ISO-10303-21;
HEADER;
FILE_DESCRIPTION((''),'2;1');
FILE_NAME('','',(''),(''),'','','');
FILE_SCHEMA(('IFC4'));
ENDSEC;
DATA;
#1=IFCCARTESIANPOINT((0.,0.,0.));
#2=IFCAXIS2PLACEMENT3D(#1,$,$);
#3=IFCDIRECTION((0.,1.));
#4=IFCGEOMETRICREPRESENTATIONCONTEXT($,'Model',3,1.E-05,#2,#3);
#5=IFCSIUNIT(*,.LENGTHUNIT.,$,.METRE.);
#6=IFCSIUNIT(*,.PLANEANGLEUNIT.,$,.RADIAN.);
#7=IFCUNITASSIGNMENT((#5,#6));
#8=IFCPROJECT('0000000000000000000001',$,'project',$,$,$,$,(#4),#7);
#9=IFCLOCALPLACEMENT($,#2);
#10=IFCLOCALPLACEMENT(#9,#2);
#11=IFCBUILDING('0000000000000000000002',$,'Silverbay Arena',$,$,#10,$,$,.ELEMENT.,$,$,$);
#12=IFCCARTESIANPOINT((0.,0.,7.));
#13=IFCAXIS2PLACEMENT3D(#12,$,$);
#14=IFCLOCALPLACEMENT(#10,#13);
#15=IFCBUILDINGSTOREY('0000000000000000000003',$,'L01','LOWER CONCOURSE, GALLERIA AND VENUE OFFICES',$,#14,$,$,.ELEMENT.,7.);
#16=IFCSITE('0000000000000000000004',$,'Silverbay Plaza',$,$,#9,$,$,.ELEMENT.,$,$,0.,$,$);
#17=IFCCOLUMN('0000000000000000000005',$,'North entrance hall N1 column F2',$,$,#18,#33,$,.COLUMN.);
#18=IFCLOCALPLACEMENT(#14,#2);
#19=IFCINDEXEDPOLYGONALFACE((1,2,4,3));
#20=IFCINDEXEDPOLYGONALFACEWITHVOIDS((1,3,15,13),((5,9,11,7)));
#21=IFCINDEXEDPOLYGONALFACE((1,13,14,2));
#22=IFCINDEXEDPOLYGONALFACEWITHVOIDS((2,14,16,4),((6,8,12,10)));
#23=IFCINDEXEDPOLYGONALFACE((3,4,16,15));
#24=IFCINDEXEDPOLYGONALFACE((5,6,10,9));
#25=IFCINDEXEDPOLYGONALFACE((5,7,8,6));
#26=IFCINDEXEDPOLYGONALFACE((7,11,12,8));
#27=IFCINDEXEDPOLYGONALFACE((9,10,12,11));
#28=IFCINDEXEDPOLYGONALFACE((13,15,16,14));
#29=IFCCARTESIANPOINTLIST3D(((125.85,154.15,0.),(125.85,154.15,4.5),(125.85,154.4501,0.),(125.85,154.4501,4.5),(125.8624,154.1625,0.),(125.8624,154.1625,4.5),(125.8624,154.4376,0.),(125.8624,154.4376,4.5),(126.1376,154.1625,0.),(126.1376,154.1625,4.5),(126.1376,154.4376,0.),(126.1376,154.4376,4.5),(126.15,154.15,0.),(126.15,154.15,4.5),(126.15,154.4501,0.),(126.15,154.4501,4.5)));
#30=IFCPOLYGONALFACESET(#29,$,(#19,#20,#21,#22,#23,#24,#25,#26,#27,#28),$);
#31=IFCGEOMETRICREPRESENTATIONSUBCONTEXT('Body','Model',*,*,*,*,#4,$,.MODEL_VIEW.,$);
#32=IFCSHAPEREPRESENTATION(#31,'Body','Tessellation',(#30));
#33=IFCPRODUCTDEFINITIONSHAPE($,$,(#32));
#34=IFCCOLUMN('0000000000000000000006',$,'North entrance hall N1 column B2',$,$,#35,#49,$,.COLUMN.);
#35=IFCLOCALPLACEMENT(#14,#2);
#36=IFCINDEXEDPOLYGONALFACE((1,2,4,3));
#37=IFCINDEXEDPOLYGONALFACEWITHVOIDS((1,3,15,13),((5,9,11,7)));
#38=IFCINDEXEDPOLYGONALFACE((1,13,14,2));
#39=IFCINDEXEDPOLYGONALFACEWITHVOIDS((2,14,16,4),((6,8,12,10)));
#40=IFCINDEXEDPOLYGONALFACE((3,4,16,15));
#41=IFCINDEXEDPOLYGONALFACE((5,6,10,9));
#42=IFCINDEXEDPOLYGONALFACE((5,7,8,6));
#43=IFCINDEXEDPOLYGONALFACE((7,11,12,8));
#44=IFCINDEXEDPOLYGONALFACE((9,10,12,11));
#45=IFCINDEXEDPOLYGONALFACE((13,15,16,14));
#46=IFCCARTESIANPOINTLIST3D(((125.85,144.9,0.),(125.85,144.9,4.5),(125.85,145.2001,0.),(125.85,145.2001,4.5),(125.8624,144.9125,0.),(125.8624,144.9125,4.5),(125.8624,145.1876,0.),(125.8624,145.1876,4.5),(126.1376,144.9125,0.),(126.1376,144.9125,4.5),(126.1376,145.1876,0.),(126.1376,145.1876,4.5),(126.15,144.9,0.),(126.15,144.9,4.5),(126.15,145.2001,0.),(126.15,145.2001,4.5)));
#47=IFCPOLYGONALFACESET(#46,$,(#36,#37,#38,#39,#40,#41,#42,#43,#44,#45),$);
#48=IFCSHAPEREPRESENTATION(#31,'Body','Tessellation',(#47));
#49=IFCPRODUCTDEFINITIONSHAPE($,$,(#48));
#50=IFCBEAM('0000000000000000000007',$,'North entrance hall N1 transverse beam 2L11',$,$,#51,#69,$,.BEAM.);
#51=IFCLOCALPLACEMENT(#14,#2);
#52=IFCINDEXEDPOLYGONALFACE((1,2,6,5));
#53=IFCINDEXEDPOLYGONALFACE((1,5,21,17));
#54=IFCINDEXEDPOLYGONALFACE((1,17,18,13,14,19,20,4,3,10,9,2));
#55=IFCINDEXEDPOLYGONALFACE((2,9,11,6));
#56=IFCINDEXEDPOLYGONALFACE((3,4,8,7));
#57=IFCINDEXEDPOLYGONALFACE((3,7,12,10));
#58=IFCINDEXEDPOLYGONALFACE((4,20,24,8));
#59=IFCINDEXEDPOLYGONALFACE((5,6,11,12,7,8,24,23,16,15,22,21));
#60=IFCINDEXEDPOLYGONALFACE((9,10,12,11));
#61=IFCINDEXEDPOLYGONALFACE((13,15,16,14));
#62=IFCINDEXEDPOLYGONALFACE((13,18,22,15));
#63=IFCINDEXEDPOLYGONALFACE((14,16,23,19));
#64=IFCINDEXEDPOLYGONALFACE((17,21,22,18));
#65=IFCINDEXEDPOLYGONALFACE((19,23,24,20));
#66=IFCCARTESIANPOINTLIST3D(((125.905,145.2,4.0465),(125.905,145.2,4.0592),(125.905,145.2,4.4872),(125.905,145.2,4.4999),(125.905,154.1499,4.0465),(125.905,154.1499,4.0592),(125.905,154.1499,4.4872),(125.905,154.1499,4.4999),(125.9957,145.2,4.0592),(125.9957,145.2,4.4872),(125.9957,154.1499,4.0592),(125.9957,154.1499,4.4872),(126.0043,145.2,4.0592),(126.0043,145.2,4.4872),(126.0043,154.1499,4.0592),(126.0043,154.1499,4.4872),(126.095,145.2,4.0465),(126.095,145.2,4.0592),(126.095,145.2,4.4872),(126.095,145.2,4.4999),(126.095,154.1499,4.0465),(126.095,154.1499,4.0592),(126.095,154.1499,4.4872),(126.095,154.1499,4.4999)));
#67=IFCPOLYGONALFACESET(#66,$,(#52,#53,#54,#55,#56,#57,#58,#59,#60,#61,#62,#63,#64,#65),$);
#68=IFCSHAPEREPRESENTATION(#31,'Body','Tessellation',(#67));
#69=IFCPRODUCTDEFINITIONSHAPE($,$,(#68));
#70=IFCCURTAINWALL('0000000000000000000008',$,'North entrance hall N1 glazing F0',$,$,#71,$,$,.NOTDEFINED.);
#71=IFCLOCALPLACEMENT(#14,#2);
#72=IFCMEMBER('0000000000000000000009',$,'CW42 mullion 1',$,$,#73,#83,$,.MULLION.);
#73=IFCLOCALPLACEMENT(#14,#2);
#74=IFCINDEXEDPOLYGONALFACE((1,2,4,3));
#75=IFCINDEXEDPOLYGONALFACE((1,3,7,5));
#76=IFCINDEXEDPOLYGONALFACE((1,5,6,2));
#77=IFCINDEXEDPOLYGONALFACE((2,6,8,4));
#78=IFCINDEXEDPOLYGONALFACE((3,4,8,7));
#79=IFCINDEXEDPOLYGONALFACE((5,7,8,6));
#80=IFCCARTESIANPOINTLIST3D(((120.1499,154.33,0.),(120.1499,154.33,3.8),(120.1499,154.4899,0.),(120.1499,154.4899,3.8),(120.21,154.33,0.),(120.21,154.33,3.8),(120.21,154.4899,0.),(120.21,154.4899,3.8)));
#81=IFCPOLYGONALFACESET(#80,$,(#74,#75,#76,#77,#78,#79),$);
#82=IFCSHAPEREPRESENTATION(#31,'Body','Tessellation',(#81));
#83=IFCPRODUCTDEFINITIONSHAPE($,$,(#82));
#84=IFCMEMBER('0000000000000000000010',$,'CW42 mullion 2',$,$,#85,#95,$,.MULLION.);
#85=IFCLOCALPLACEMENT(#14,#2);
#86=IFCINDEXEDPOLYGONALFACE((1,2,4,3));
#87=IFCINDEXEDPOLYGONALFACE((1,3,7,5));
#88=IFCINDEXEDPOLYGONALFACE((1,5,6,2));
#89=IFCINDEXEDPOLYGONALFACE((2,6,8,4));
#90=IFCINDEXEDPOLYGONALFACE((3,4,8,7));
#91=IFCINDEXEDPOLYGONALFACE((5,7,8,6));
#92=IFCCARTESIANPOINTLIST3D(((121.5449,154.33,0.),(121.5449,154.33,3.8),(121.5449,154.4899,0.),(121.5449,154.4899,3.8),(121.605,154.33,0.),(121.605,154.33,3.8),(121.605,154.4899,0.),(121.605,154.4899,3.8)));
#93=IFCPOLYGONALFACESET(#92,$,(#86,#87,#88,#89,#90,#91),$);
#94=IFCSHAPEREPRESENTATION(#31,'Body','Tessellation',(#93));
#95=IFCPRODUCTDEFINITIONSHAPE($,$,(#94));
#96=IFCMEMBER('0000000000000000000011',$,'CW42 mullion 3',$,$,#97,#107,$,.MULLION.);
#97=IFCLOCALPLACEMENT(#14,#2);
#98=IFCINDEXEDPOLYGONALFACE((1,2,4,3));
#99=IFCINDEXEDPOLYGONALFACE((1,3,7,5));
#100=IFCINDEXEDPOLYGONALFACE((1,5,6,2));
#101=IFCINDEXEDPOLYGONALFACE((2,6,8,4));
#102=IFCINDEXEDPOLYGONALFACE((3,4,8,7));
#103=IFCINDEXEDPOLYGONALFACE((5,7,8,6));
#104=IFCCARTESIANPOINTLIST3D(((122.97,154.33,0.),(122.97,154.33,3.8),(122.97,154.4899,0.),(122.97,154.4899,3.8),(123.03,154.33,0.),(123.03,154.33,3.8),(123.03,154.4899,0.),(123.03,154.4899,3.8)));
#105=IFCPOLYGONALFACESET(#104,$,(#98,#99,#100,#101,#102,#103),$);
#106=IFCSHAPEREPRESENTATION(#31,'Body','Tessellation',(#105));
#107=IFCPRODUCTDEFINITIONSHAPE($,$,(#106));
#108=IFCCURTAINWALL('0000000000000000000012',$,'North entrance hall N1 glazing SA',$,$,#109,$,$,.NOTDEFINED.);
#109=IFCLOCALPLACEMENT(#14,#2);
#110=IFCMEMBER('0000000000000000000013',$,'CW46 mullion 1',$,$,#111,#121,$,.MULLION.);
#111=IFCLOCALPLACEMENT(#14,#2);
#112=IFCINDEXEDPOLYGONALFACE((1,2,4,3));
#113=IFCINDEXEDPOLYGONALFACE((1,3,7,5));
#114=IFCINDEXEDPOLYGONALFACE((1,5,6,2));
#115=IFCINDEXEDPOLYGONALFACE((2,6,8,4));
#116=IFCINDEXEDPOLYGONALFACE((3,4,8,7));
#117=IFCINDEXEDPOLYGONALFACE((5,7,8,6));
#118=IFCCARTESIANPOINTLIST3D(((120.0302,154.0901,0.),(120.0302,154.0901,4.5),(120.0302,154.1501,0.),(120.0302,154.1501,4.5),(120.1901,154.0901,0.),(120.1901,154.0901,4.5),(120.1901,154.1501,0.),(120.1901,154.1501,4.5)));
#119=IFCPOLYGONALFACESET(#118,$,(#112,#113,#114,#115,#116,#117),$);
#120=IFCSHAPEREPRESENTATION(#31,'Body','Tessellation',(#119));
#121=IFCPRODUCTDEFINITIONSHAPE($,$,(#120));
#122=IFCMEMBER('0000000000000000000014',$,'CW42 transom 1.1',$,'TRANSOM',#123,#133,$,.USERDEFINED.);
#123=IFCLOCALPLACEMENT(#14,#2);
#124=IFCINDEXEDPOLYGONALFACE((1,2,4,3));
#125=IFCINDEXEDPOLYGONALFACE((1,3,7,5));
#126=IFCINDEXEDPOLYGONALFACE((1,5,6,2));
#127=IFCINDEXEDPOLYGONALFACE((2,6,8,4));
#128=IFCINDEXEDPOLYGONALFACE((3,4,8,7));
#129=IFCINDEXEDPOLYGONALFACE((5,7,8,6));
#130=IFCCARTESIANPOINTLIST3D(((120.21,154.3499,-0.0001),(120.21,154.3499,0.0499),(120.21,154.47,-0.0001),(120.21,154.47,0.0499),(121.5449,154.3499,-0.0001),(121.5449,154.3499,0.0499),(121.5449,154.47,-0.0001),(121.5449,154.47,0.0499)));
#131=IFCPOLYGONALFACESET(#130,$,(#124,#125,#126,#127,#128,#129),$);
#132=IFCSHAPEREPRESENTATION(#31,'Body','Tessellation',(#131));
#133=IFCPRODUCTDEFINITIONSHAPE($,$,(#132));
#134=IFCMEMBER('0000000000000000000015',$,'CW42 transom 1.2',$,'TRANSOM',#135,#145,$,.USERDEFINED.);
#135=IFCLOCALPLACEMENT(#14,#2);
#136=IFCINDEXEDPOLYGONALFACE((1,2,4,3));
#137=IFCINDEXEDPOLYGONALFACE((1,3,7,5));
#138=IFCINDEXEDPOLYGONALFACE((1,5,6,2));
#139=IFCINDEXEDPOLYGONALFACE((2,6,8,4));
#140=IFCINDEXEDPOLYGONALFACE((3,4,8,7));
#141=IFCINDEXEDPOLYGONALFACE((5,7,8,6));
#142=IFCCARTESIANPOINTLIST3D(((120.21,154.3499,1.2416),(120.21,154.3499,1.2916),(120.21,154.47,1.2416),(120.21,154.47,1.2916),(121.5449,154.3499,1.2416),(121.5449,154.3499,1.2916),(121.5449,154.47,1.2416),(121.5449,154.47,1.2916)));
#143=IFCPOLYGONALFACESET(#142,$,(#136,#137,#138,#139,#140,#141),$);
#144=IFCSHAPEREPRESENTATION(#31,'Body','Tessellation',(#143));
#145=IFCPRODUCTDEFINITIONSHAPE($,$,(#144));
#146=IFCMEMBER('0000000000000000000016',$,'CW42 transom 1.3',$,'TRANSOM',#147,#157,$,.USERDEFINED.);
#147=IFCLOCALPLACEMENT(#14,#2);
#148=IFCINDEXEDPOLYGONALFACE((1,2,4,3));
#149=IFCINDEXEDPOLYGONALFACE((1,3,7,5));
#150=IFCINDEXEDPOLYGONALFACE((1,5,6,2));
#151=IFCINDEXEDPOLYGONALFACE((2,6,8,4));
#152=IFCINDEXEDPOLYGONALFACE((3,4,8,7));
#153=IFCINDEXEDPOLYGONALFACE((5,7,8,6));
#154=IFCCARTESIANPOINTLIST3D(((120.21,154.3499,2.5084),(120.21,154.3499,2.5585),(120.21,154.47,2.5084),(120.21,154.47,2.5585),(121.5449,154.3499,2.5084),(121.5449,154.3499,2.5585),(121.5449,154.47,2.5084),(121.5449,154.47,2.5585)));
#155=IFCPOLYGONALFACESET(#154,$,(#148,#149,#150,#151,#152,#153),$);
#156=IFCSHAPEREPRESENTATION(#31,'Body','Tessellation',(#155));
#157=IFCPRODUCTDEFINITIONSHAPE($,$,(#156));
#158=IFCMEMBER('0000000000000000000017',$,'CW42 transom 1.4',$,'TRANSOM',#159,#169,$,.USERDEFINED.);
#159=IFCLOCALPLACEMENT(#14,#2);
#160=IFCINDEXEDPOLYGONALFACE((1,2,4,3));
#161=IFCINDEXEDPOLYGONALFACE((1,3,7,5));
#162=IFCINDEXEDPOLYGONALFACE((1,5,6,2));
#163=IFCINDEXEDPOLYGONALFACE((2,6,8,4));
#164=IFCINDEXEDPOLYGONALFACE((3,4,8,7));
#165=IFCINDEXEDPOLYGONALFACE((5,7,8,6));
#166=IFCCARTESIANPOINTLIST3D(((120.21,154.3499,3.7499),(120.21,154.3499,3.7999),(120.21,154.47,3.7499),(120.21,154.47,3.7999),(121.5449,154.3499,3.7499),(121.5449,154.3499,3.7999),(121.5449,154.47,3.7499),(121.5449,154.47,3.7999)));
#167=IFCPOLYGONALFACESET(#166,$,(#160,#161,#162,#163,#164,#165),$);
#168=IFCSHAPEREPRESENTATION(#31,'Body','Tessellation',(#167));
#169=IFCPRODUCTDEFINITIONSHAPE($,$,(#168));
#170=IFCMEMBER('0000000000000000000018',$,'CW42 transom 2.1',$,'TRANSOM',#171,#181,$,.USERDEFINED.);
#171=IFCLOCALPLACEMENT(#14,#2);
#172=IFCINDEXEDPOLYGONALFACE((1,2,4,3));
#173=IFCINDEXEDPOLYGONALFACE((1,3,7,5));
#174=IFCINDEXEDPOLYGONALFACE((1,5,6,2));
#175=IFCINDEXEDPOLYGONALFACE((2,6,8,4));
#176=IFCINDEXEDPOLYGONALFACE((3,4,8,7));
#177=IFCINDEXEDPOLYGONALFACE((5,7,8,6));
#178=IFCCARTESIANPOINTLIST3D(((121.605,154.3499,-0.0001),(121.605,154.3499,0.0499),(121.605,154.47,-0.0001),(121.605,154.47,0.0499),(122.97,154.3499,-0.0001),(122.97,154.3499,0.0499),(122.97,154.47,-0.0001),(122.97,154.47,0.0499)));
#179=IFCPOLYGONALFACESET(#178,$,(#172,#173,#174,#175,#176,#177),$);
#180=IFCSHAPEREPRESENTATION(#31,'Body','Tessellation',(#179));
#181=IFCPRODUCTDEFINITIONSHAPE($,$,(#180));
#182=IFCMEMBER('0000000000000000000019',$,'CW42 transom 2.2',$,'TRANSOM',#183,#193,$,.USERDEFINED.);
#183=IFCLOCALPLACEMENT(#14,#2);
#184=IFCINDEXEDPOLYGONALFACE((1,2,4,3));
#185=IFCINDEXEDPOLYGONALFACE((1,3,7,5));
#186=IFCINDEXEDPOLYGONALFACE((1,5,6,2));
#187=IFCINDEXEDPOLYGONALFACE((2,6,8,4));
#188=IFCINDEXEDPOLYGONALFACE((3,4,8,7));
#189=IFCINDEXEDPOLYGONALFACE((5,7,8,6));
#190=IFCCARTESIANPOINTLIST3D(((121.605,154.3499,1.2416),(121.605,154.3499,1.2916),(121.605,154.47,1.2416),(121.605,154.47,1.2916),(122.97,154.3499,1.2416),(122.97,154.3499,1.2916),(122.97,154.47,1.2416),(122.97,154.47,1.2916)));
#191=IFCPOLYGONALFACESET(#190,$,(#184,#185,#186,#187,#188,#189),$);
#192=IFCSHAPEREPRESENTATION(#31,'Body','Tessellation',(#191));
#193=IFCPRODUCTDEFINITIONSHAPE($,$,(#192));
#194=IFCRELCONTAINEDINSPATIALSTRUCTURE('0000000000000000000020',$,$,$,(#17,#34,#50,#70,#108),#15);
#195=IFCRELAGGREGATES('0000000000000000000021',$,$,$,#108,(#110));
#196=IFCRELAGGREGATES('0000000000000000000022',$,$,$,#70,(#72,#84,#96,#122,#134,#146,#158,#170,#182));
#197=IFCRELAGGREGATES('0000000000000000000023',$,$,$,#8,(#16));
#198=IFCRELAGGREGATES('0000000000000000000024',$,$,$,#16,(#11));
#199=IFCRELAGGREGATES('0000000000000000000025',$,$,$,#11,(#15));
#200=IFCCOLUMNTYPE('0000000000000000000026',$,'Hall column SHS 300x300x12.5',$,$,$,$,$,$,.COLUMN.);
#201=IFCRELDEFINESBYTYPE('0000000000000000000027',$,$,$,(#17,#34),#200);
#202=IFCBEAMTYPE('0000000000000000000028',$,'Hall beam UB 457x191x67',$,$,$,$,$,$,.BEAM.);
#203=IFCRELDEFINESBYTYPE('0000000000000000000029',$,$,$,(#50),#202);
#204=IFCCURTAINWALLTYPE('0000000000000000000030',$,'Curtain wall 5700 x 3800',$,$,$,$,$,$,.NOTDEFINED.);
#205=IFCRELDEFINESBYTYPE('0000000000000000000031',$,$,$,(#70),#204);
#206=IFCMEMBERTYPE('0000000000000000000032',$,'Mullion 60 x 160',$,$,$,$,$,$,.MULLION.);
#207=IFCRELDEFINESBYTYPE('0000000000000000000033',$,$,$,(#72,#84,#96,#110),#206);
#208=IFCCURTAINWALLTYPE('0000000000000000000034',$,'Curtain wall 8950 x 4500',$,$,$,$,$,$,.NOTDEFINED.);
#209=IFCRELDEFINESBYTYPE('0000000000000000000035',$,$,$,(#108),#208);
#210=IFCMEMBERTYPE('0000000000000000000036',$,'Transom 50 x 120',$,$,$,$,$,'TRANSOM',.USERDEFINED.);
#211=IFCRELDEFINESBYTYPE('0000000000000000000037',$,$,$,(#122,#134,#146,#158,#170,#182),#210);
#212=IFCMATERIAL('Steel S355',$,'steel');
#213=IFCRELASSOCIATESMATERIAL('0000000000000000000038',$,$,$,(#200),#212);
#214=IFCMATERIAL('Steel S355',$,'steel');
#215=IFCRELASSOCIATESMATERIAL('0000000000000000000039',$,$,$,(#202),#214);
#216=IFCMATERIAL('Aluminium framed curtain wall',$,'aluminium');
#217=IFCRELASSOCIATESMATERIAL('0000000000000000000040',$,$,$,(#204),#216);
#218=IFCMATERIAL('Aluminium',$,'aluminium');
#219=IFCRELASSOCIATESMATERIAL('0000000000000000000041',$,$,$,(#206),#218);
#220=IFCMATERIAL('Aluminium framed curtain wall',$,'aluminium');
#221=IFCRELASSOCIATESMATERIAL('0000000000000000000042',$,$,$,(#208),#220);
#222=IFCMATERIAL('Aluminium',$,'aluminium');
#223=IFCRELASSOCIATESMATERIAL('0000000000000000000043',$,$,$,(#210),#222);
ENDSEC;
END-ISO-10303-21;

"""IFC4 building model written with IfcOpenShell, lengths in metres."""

from ifc_helpers import new_model, si_unit, direction, frame, origin, origin_2d, place, context, subcontext, project, spatial, rectangle, hollow_rectangle, i_section, extrude, material, material_profile, profile_set, type_object, element, aggregate, save


model = new_model("IFC4")

# Units and contexts
model_context = context("Model", 3, precision=1e-05, world=origin(), true_north=direction((0.0, 1.0)))
body_context = subcontext(model_context, "Body", "Model", "MODEL_VIEW")
ifc_project = project(units=[si_unit("LENGTHUNIT", "METRE"), si_unit("PLANEANGLEUNIT", "RADIAN")], contexts=[model_context])

# Site, building, storey
site_placement = place(None, origin())
site = spatial("IfcSite", under=ifc_project, at=site_placement, Name="Silverbay Plaza", CompositionType="ELEMENT", RefElevation=0.0)
building_placement = place(site_placement, origin())
building = spatial("IfcBuilding", under=site, at=building_placement, Name="Silverbay Arena", CompositionType="ELEMENT")
storey_placement = place(building_placement, frame((0.0, 0.0, 7.0)))
storey = spatial("IfcBuildingStorey", under=building, at=storey_placement, Name="L01", Description="LOWER CONCOURSE, GALLERIA AND VENUE OFFICES", CompositionType="ELEMENT", Elevation=7.0)

# Columns
ifc_material_1 = material(Name="Steel S355", Category="steel")
ifc_material_profile_1 = material_profile(ifc_material_1, hollow_rectangle(XDim=0.3, YDim=0.3, WallThickness=0.0125, at=origin_2d()), Name="SHS 300x300x12.5")
ifc_profile_set_1 = profile_set([ifc_material_profile_1], Name="Steel S355")
column_type = type_object("IfcColumnType", Name="Hall column SHS 300x300x12.5", PredefinedType="COLUMN", material=ifc_profile_set_1)
for number, where, z_axis, x_axis, name in (
    (1, (126.0, 154.3, 0.0), (0.0, 0.0, 1.0), (1.0, 0.0, 0.0), "North entrance hall N1 column F2"),
    (2, (126.0, 145.05, 0.0), (0.0, 0.0, 1.0), (1.0, 0.0, 0.0), "North entrance hall N1 column B2"),
):
    element("IfcColumn", number, at=place(storey_placement, frame(where, z_axis=z_axis, x_axis=x_axis)), inside=storey, type_object=column_type, Name=name, PredefinedType="COLUMN", context=body_context, shape_type="SweptSolid", body=[
        extrude(hollow_rectangle(XDim=0.3, YDim=0.3, WallThickness=0.0125, at=origin_2d()), origin(), (0.0, 0.0, 1.0), 4.5),
    ])

# Beam
ifc_material_2 = material(Name="Steel S355", Category="steel")
ifc_material_profile_2 = material_profile(ifc_material_2, i_section(OverallWidth=0.1899, OverallDepth=0.4534, WebThickness=0.0085, FlangeThickness=0.0127, at=origin_2d()), Name="UB 457x191x67")
ifc_profile_set_2 = profile_set([ifc_material_profile_2], Name="Steel S355")
beam_type = type_object("IfcBeamType", Name="Hall beam UB 457x191x67", PredefinedType="BEAM", material=ifc_profile_set_2)
beam_placement = place(storey_placement, frame((126.0, 145.2, 4.2732), z_axis=(0.0, 1.0, 0.0), x_axis=(-1.0, 0.0, 0.0)))
element("IfcBeam", 3, at=beam_placement, inside=storey, type_object=beam_type, Name="North entrance hall N1 transverse beam 2L11", PredefinedType="BEAM", context=body_context, shape_type="SweptSolid", body=[
    extrude(i_section(OverallWidth=0.1899, OverallDepth=0.4534, WebThickness=0.0085, FlangeThickness=0.0127, at=origin_2d()), origin(), (0.0, 0.0, 1.0), 8.95),
])

# Curtain wall, members
ifc_material_3 = material(Name="Aluminium framed curtain wall", Category="aluminium")
curtain_wall_type_1 = type_object("IfcCurtainWallType", Name="Curtain wall 5700 x 3800", PredefinedType="NOTDEFINED", material=ifc_material_3)
curtain_wall_1_placement = place(storey_placement, origin())
curtain_wall_1 = element("IfcCurtainWall", 4, at=curtain_wall_1_placement, inside=storey, type_object=curtain_wall_type_1, Name="North entrance hall N1 glazing F0", PredefinedType="NOTDEFINED")
ifc_material_4 = material(Name="Aluminium", Category="aluminium")
ifc_material_profile_3 = material_profile(ifc_material_4, rectangle(XDim=0.1599, YDim=0.0601, at=origin_2d()), Name="Mullion 60 x 160")
ifc_profile_set_3 = profile_set([ifc_material_profile_3], Name="Aluminium")
member_type_1 = type_object("IfcMemberType", Name="Mullion 60 x 160", PredefinedType="MULLION", material=ifc_profile_set_3)
member_1_placement = place(storey_placement, frame((120.1799, 154.4099, 0.0), z_axis=(0.0, 0.0, 1.0), x_axis=(0.0, 1.0, 0.0)))
member_1 = element("IfcMember", 5, at=member_1_placement, type_object=member_type_1, Name="CW42 mullion 1", PredefinedType="MULLION", context=body_context, shape_type="SweptSolid", body=[
    extrude(rectangle(XDim=0.1599, YDim=0.0601, at=origin_2d()), origin(), (0.0, 0.0, 1.0), 3.8),
])
member_2_placement = place(storey_placement, frame((121.575, 154.4099, 0.0), z_axis=(0.0, 0.0, 1.0), x_axis=(0.0, 1.0, 0.0)))
member_2 = element("IfcMember", 6, at=member_2_placement, type_object=member_type_1, Name="CW42 mullion 2", PredefinedType="MULLION", context=body_context, shape_type="SweptSolid", body=[
    extrude(rectangle(XDim=0.1599, YDim=0.0601, at=origin_2d()), origin(), (0.0, 0.0, 1.0), 3.8),
])
member_3_placement = place(storey_placement, frame((123.0, 154.4099, 0.0), z_axis=(0.0, 0.0, 1.0), x_axis=(0.0, 1.0, 0.0)))
member_3 = element("IfcMember", 7, at=member_3_placement, type_object=member_type_1, Name="CW42 mullion 3", PredefinedType="MULLION", context=body_context, shape_type="SweptSolid", body=[
    extrude(rectangle(XDim=0.1599, YDim=0.0601, at=origin_2d()), origin(), (0.0, 0.0, 1.0), 3.8),
])

# Curtain wall, member
ifc_material_5 = material(Name="Aluminium framed curtain wall", Category="aluminium")
curtain_wall_type_2 = type_object("IfcCurtainWallType", Name="Curtain wall 8950 x 4500", PredefinedType="NOTDEFINED", material=ifc_material_5)
curtain_wall_2_placement = place(storey_placement, origin())
curtain_wall_2 = element("IfcCurtainWall", 8, at=curtain_wall_2_placement, inside=storey, type_object=curtain_wall_type_2, Name="North entrance hall N1 glazing SA", PredefinedType="NOTDEFINED")
member_4_placement = place(storey_placement, frame((120.1101, 154.1201, 0.0), z_axis=(0.0, 0.0, 1.0), x_axis=(1.0, 0.0, 0.0)))
member_4 = element("IfcMember", 9, at=member_4_placement, type_object=member_type_1, Name="CW46 mullion 1", PredefinedType="MULLION", context=body_context, shape_type="SweptSolid", body=[
    extrude(rectangle(XDim=0.1599, YDim=0.0601, at=origin_2d()), origin(), (0.0, 0.0, 1.0), 4.5),
])

# Members
ifc_material_6 = material(Name="Aluminium", Category="aluminium")
ifc_material_profile_4 = material_profile(ifc_material_6, rectangle(XDim=0.1201, YDim=0.05, at=origin_2d()), Name="Transom 50 x 120")
ifc_profile_set_4 = profile_set([ifc_material_profile_4], Name="Aluminium")
member_type_2 = type_object("IfcMemberType", Name="Transom 50 x 120", ElementType="TRANSOM", PredefinedType="USERDEFINED", material=ifc_profile_set_4)
member_5_placement = place(storey_placement, frame((120.21, 154.4099, 0.0249), z_axis=(1.0, 0.0, 0.0), x_axis=(0.0, 1.0, 0.0)))
member_5 = element("IfcMember", 10, at=member_5_placement, type_object=member_type_2, Name="CW42 transom 1.1", ObjectType="TRANSOM", PredefinedType="USERDEFINED", context=body_context, shape_type="SweptSolid", body=[
    extrude(rectangle(XDim=0.1201, YDim=0.05, at=origin_2d()), origin(), (0.0, 0.0, 1.0), 1.335),
])
member_6_placement = place(storey_placement, frame((120.21, 154.4099, 1.2666), z_axis=(1.0, 0.0, 0.0), x_axis=(0.0, 1.0, 0.0)))
member_6 = element("IfcMember", 11, at=member_6_placement, type_object=member_type_2, Name="CW42 transom 1.2", ObjectType="TRANSOM", PredefinedType="USERDEFINED", context=body_context, shape_type="SweptSolid", body=[
    extrude(rectangle(XDim=0.1201, YDim=0.05, at=origin_2d()), origin(), (0.0, 0.0, 1.0), 1.335),
])
member_7_placement = place(storey_placement, frame((120.21, 154.4099, 2.5334), z_axis=(1.0, 0.0, 0.0), x_axis=(0.0, 1.0, 0.0)))
member_7 = element("IfcMember", 12, at=member_7_placement, type_object=member_type_2, Name="CW42 transom 1.3", ObjectType="TRANSOM", PredefinedType="USERDEFINED", context=body_context, shape_type="SweptSolid", body=[
    extrude(rectangle(XDim=0.1201, YDim=0.05, at=origin_2d()), origin(), (0.0, 0.0, 1.0), 1.335),
])
member_8_placement = place(storey_placement, frame((120.21, 154.4099, 3.7749), z_axis=(1.0, 0.0, 0.0), x_axis=(0.0, 1.0, 0.0)))
member_8 = element("IfcMember", 13, at=member_8_placement, type_object=member_type_2, Name="CW42 transom 1.4", ObjectType="TRANSOM", PredefinedType="USERDEFINED", context=body_context, shape_type="SweptSolid", body=[
    extrude(rectangle(XDim=0.1201, YDim=0.05, at=origin_2d()), origin(), (0.0, 0.0, 1.0), 1.335),
])
member_9_placement = place(storey_placement, frame((121.605, 154.4099, 0.0249), z_axis=(1.0, 0.0, 0.0), x_axis=(0.0, 1.0, 0.0)))
member_9 = element("IfcMember", 14, at=member_9_placement, type_object=member_type_2, Name="CW42 transom 2.1", ObjectType="TRANSOM", PredefinedType="USERDEFINED", context=body_context, shape_type="SweptSolid", body=[
    extrude(rectangle(XDim=0.1201, YDim=0.05, at=origin_2d()), origin(), (0.0, 0.0, 1.0), 1.365),
])
member_10_placement = place(storey_placement, frame((121.605, 154.4099, 1.2666), z_axis=(1.0, 0.0, 0.0), x_axis=(0.0, 1.0, 0.0)))
member_10 = element("IfcMember", 15, at=member_10_placement, type_object=member_type_2, Name="CW42 transom 2.2", ObjectType="TRANSOM", PredefinedType="USERDEFINED", context=body_context, shape_type="SweptSolid", body=[
    extrude(rectangle(XDim=0.1201, YDim=0.05, at=origin_2d()), origin(), (0.0, 0.0, 1.0), 1.365),
])
aggregate(curtain_wall_2, [member_4])

aggregate(curtain_wall_1, [member_1, member_2, member_3, member_5, member_6, member_7, member_8, member_9, member_10])

save(model, "model.ifc")
